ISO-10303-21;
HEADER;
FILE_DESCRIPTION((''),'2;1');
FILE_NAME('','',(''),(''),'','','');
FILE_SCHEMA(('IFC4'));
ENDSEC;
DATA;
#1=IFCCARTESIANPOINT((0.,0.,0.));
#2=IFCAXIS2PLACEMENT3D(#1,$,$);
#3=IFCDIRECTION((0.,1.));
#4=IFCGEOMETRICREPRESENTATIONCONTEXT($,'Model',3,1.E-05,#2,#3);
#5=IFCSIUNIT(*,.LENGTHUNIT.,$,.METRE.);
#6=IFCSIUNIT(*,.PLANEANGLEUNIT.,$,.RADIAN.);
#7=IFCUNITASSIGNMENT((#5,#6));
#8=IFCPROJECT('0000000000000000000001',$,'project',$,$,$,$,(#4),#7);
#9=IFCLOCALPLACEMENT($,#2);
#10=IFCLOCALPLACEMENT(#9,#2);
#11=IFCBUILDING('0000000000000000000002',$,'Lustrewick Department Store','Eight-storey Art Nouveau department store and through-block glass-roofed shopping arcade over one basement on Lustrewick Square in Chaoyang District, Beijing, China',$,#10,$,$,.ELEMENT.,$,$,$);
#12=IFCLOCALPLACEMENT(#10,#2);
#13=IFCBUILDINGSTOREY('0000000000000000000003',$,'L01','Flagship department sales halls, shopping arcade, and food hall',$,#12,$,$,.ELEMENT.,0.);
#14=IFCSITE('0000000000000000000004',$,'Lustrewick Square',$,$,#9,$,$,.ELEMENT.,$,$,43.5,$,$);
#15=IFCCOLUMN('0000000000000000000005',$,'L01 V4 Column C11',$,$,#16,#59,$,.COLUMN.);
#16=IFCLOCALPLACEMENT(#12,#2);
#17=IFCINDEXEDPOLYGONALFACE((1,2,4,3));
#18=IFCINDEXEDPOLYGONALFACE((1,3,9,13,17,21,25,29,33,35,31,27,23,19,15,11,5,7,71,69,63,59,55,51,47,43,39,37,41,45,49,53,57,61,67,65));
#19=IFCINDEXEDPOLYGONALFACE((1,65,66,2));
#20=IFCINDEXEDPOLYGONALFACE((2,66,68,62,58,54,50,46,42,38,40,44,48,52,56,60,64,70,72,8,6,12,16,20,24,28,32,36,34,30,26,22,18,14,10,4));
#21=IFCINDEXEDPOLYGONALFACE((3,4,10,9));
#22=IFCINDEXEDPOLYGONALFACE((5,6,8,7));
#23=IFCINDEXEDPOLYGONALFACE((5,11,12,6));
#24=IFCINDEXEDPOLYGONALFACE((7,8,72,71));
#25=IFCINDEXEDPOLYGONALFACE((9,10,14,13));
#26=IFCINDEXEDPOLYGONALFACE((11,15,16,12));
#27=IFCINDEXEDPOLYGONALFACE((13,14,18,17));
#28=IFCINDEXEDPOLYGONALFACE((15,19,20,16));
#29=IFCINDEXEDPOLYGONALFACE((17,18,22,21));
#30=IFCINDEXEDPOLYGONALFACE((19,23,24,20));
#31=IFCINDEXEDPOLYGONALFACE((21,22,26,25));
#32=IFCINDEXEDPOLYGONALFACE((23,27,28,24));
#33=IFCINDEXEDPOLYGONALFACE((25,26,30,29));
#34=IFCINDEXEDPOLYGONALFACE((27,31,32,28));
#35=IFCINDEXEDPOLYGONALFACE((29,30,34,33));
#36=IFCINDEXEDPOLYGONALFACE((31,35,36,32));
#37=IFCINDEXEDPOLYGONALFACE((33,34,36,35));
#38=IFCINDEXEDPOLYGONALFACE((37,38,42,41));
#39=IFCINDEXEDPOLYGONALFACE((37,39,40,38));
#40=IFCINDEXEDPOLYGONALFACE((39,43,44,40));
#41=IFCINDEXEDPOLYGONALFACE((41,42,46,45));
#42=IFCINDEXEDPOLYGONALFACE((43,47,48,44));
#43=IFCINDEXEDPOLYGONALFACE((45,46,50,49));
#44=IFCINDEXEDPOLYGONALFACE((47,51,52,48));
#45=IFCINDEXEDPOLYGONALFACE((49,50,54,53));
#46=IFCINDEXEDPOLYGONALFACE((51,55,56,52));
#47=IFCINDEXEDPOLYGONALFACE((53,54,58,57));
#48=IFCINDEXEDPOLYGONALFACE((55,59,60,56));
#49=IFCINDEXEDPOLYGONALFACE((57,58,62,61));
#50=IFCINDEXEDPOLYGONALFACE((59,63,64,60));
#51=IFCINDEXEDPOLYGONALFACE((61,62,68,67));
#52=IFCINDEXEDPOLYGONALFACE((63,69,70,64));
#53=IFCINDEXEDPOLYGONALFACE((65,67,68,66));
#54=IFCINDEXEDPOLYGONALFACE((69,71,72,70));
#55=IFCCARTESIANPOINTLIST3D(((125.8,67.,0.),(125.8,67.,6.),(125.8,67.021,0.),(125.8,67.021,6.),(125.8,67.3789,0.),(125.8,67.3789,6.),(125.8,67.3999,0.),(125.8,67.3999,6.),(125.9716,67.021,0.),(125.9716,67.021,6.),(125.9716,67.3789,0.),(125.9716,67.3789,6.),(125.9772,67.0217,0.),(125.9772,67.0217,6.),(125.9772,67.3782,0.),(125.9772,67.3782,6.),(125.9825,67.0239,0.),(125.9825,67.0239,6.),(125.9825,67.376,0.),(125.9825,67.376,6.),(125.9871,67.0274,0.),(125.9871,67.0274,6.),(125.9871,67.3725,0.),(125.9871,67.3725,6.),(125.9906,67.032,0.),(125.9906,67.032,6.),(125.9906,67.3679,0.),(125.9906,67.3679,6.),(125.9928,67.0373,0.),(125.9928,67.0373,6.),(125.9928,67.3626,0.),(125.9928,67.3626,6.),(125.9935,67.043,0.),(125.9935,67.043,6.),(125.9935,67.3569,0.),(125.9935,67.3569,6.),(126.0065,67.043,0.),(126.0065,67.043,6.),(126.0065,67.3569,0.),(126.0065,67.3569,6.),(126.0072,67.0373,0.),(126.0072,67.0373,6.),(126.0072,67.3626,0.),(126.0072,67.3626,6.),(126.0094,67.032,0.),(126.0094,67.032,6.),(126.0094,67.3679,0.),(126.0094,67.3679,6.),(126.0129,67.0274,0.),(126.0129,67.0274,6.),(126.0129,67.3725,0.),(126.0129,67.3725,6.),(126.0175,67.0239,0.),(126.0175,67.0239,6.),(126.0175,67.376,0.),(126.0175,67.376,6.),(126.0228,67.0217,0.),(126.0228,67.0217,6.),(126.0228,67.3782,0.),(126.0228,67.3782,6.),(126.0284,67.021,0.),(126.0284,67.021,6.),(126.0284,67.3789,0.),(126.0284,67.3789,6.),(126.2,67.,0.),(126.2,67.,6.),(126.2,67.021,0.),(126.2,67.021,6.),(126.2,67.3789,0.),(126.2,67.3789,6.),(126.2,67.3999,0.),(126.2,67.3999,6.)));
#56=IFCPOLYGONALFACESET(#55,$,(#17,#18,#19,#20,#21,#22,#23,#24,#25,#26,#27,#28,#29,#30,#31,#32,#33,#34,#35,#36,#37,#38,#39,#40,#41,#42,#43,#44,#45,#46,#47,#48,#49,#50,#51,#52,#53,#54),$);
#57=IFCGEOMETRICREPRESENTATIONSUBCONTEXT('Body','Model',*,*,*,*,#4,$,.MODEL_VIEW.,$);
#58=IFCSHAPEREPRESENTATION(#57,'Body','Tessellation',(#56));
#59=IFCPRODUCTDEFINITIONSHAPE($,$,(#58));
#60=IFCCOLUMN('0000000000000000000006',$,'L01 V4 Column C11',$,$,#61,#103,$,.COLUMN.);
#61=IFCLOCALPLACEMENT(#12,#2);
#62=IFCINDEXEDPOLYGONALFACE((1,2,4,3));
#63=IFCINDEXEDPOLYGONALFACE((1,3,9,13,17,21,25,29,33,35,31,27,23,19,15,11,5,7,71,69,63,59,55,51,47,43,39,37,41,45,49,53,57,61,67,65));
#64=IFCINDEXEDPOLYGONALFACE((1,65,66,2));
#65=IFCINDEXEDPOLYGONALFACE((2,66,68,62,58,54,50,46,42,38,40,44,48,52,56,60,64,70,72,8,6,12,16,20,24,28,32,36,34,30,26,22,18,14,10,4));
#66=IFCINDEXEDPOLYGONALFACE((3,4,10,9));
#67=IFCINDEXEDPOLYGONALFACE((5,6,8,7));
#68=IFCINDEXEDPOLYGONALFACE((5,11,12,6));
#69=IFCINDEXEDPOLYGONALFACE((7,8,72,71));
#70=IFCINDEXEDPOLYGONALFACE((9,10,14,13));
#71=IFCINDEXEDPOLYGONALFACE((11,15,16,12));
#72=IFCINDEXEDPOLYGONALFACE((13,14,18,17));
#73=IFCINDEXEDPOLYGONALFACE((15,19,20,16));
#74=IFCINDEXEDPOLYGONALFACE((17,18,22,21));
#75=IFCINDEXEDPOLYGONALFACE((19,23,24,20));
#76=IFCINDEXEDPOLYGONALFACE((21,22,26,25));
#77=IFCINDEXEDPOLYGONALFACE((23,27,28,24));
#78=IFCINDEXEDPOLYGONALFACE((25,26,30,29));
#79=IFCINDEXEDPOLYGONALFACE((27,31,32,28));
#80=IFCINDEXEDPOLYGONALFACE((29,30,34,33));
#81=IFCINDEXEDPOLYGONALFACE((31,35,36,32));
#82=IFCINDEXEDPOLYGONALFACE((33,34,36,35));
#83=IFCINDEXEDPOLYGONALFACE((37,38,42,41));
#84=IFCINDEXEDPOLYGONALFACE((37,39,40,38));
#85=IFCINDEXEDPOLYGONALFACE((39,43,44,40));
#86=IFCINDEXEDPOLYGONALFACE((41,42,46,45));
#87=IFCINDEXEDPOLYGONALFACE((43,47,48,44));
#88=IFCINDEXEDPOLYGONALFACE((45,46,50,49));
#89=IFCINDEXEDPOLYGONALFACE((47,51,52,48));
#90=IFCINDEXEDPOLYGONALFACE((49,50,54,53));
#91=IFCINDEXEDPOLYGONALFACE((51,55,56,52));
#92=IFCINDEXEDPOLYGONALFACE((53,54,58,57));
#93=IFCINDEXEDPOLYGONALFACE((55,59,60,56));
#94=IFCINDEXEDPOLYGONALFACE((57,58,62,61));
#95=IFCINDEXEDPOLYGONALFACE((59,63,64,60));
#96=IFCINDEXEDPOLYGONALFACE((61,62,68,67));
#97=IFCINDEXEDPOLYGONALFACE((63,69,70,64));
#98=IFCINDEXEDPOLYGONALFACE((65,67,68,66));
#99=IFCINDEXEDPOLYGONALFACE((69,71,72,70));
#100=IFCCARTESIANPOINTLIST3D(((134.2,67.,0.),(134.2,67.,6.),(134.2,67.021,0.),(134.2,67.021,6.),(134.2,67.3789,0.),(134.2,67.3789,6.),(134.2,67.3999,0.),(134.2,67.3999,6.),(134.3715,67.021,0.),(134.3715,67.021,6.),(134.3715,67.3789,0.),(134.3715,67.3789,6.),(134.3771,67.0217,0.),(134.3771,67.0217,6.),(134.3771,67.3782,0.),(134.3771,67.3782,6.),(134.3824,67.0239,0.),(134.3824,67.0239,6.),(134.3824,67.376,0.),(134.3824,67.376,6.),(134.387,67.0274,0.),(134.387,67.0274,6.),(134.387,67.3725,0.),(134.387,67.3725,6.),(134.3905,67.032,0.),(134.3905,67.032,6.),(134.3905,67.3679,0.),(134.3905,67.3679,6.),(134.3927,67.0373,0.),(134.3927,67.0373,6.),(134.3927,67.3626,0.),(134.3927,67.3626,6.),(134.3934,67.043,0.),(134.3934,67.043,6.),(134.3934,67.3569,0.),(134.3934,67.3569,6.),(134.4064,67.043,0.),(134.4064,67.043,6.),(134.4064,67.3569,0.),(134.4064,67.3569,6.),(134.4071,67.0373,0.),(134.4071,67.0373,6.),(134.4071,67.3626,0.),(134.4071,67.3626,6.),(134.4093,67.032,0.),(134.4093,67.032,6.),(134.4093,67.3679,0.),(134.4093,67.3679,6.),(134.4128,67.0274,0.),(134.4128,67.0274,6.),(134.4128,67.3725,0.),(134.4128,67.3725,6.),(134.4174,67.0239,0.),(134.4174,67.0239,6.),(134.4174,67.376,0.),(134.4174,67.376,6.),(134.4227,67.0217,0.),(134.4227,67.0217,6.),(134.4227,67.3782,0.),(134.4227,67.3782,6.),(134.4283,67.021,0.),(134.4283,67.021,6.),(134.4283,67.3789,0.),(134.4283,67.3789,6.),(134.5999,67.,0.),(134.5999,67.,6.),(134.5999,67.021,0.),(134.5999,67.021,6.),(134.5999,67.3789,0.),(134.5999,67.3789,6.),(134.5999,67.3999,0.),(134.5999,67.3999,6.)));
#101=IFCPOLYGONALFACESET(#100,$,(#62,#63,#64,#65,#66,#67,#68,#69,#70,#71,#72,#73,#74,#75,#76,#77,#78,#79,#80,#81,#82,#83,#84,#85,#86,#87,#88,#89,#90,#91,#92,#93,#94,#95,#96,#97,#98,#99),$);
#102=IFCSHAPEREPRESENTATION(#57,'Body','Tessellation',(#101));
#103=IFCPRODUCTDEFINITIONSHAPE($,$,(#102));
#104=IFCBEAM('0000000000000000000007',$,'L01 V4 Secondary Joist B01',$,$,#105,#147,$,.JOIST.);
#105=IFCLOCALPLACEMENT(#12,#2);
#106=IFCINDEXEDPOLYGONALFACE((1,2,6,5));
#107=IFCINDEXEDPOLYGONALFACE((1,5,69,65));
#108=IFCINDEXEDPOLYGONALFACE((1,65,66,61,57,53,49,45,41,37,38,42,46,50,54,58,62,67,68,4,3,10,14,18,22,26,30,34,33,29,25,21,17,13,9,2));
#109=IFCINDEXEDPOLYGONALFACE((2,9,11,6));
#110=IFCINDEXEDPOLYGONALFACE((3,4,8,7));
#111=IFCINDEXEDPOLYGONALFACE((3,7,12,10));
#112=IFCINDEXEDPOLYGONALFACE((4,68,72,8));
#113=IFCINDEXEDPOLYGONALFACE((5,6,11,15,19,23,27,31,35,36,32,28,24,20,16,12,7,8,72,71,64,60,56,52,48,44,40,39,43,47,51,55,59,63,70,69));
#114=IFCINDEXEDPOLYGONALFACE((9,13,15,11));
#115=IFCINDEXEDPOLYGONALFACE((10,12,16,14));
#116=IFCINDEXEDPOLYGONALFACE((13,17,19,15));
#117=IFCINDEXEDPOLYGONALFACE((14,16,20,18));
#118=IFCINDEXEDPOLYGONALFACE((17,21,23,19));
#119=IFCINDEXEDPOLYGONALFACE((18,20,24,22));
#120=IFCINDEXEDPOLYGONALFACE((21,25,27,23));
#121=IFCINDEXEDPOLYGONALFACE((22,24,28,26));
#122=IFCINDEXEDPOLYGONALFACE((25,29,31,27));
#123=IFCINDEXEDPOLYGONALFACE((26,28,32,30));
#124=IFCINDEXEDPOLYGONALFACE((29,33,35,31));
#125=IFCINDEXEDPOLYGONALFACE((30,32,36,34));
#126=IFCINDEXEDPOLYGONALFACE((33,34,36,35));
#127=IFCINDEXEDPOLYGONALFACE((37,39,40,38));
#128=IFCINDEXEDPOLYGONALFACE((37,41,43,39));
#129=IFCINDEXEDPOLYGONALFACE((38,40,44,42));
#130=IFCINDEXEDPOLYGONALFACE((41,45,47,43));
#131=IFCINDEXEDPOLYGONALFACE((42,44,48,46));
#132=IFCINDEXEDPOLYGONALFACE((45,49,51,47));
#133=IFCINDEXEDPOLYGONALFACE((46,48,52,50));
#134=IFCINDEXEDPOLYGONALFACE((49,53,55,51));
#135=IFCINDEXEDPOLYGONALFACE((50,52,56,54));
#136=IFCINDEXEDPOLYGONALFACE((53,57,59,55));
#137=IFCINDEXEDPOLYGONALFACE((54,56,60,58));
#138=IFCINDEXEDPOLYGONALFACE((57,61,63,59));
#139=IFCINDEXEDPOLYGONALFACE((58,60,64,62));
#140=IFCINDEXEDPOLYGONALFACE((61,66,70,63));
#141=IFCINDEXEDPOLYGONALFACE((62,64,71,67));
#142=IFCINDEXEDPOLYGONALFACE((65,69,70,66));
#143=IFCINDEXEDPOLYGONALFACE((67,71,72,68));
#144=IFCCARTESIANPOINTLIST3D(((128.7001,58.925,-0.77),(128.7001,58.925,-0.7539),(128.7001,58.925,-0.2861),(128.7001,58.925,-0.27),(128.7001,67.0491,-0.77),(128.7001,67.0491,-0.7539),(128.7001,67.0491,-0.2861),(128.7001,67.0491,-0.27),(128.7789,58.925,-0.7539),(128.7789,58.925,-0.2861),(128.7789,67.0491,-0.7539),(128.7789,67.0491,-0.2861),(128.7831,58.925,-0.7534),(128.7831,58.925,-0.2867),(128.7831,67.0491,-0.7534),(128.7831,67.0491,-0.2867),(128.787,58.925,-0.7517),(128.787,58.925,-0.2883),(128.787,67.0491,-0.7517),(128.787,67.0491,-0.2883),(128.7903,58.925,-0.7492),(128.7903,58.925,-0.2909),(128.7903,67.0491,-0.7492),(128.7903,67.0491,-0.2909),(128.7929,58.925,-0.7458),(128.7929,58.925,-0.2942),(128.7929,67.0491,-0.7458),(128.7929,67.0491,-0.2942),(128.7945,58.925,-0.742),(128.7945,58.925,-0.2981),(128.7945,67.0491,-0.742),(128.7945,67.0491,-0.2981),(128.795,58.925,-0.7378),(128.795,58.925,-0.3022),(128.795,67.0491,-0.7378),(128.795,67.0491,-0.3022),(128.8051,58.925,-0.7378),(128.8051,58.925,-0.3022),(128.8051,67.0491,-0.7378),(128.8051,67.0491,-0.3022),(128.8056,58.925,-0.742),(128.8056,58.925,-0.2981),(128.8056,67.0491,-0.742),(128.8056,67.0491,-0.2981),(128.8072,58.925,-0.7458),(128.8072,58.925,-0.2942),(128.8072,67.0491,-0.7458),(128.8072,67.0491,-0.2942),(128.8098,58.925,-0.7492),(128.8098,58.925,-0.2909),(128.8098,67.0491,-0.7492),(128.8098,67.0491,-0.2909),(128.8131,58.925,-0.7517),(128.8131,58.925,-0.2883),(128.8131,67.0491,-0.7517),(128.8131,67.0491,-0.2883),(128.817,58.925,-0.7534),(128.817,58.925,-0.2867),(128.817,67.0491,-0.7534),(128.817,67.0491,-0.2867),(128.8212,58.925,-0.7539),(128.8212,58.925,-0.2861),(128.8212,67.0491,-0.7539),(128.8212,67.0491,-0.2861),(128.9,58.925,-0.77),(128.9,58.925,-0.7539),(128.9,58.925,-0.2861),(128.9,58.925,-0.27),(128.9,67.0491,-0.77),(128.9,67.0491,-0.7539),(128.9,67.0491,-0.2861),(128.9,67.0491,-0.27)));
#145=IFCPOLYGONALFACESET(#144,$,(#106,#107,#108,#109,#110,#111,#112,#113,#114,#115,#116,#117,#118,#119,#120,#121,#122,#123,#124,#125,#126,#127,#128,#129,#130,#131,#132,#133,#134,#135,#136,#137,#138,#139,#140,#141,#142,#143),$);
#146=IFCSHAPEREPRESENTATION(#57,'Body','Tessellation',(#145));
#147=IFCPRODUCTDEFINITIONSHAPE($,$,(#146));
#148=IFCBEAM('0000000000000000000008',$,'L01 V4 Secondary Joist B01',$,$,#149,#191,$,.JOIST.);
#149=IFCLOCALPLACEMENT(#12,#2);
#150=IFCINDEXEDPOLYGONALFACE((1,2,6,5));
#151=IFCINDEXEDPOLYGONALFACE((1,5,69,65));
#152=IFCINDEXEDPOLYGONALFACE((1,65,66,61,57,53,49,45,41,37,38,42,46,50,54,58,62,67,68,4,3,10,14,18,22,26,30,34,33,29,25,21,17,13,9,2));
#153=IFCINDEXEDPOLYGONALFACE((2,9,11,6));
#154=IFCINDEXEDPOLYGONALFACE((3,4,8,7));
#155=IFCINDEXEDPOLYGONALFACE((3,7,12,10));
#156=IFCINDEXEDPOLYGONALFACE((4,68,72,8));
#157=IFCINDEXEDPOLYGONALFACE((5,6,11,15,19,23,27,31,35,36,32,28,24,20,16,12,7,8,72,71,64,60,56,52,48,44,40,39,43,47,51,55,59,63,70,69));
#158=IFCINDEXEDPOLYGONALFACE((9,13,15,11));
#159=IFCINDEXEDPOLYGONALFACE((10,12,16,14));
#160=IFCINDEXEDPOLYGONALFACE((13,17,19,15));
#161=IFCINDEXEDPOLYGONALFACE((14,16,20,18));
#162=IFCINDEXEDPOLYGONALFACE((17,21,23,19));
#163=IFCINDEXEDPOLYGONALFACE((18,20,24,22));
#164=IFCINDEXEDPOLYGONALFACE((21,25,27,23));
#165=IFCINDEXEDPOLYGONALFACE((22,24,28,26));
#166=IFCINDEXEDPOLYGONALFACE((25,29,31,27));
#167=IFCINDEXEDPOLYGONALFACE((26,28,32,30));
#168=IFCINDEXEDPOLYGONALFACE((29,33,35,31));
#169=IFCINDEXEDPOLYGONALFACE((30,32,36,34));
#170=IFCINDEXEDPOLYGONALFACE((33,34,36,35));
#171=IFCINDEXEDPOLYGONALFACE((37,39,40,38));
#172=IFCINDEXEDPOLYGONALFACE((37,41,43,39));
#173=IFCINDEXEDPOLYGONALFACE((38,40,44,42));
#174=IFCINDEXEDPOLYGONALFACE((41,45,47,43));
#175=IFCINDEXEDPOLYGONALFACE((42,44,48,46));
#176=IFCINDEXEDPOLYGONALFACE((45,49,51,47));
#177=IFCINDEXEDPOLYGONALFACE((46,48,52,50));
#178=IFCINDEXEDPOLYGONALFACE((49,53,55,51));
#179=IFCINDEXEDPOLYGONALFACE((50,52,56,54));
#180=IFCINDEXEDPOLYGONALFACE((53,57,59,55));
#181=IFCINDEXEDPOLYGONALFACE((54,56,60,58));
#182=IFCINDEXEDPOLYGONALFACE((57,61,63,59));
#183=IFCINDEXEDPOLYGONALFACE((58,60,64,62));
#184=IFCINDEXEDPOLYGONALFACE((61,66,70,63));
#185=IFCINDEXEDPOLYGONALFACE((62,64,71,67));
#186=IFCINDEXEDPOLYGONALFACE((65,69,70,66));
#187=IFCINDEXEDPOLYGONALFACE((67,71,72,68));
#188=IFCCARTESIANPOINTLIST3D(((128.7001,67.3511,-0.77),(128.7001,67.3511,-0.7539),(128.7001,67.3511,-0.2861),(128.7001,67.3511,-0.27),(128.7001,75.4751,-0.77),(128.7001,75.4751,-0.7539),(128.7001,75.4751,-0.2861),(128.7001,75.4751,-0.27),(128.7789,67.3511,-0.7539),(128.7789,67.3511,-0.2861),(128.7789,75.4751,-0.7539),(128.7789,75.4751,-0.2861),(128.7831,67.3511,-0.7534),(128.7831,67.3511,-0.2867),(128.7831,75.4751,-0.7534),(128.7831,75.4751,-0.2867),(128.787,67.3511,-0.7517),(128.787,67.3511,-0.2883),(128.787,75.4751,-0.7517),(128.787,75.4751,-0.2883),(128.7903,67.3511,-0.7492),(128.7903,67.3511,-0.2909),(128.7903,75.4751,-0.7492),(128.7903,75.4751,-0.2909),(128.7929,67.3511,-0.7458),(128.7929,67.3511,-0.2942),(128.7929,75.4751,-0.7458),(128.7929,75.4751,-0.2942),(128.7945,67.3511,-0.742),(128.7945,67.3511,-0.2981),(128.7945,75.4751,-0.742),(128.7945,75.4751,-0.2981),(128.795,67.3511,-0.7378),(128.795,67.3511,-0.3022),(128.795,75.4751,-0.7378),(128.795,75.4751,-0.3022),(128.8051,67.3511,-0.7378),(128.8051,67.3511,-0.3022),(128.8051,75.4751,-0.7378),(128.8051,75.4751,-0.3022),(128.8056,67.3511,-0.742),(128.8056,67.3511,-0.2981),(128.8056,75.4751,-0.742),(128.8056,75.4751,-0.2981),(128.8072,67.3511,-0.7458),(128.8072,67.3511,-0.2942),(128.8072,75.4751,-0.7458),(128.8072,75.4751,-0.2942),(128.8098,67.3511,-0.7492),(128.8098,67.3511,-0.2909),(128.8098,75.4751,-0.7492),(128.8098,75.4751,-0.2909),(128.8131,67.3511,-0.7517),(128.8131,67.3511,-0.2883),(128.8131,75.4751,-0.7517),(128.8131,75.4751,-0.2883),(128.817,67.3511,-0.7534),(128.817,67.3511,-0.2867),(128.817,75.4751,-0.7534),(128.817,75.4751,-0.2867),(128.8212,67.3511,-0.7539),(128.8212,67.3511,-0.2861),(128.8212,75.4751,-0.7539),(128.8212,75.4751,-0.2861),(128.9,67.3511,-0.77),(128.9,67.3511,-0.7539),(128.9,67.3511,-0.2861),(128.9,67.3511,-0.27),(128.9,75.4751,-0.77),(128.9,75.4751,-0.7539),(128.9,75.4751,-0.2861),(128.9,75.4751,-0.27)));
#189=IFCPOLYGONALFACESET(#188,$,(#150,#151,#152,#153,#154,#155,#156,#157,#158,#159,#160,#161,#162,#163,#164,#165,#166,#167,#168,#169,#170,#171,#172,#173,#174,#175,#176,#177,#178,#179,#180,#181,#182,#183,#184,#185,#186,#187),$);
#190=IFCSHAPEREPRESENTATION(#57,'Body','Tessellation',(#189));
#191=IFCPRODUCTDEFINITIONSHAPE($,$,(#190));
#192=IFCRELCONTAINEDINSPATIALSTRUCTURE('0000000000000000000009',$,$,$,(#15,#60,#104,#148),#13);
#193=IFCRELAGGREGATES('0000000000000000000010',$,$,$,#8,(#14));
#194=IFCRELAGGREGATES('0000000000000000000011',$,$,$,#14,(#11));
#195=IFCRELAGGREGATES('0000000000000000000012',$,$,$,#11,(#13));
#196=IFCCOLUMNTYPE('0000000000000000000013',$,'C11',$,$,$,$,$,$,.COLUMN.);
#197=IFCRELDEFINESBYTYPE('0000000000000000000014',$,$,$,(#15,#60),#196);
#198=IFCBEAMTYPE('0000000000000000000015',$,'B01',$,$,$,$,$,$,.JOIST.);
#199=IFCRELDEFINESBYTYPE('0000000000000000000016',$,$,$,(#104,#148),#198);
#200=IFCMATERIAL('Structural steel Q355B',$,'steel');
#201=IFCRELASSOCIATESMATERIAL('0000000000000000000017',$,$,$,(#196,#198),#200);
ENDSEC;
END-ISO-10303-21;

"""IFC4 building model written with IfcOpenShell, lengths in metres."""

from ifc_helpers import new_model, si_unit, direction, frame, origin, origin_2d, place, context, subcontext, project, spatial, i_section, extrude, material, material_profile, profile_set, type_object, element, save


model = new_model("IFC4")

# Units and contexts
model_context = context("Model", 3, precision=1e-05, world=origin(), true_north=direction((0.0, 1.0)))
body_context = subcontext(model_context, "Body", "Model", "MODEL_VIEW")
ifc_project = project(units=[si_unit("LENGTHUNIT", "METRE"), si_unit("PLANEANGLEUNIT", "RADIAN")], contexts=[model_context])

# Site, building, storey
site_placement = place(None, origin())
site = spatial("IfcSite", under=ifc_project, at=site_placement, Name="Lustrewick Square", CompositionType="ELEMENT", RefElevation=43.5)
building_placement = place(site_placement, origin())
building = spatial("IfcBuilding", under=site, at=building_placement, Name="Lustrewick Department Store", Description="Eight-storey Art Nouveau department store and through-block glass-roofed shopping arcade over one basement on Lustrewick Square in Chaoyang District, Beijing, China", CompositionType="ELEMENT")
storey_placement = place(building_placement, origin())
storey = spatial("IfcBuildingStorey", under=building, at=storey_placement, Name="L01", Description="Flagship department sales halls, shopping arcade, and food hall", CompositionType="ELEMENT", Elevation=0.0)

# Columns
ifc_material_1 = material(Name="Structural steel Q355B", Category="steel")
ifc_material_profile_1 = material_profile(ifc_material_1, i_section(OverallWidth=0.3999, OverallDepth=0.3999, WebThickness=0.0129, FlangeThickness=0.021, FilletRadius=0.022, at=origin_2d()), Name="HW 400x400x13x21")
ifc_profile_set_1 = profile_set([ifc_material_profile_1], Name="Structural steel Q355B")
column_type = type_object("IfcColumnType", Name="C11", PredefinedType="COLUMN", material=ifc_profile_set_1)
for number, where, z_axis, x_axis, name in (
    (1, (126.0, 67.2, 0.0), (0.0, 0.0, 1.0), (1.0, 0.0, 0.0), "L01 V4 Column C11"),
    (2, (134.3999, 67.2, 0.0), (0.0, 0.0, 1.0), (1.0, 0.0, 0.0), "L01 V4 Column C11"),
):
    element("IfcColumn", number, at=place(storey_placement, frame(where, z_axis=z_axis, x_axis=x_axis)), inside=storey, type_object=column_type, Name=name, PredefinedType="COLUMN", context=body_context, shape_type="SweptSolid", body=[
        extrude(i_section(OverallWidth=0.3999, OverallDepth=0.3999, WebThickness=0.0129, FlangeThickness=0.021, FilletRadius=0.022, at=origin_2d()), origin(), (0.0, 0.0, 1.0), 6.0),
    ])

# Beams
ifc_material_profile_2 = material_profile(ifc_material_1, i_section(OverallWidth=0.2, OverallDepth=0.5, WebThickness=0.01, FlangeThickness=0.0161, FilletRadius=0.0161, at=origin_2d()), Name="HN 500x200x10x16")
ifc_profile_set_2 = profile_set([ifc_material_profile_2], Name="Structural steel Q355B")
beam_type_1 = type_object("IfcBeamType", Name="B01", PredefinedType="JOIST", material=ifc_profile_set_2)
for number, where, z_axis, x_axis, name in (
    (3, (128.8, 58.925, -0.52), (0.0, 1.0, 0.0), (-1.0, 0.0, 0.0), "L01 V4 Secondary Joist B01"),
    (4, (128.8, 67.3511, -0.52), (0.0, 1.0, 0.0), (-1.0, 0.0, 0.0), "L01 V4 Secondary Joist B01"),
):
    element("IfcBeam", number, at=place(storey_placement, frame(where, z_axis=z_axis, x_axis=x_axis)), inside=storey, type_object=beam_type_1, Name=name, PredefinedType="JOIST", context=body_context, shape_type="SweptSolid", body=[
        extrude(i_section(OverallWidth=0.2, OverallDepth=0.5, WebThickness=0.01, FlangeThickness=0.0161, FilletRadius=0.0161, at=origin_2d()), origin(), (0.0, 0.0, 1.0), 8.124),
    ])

save(model, "model.ifc")
